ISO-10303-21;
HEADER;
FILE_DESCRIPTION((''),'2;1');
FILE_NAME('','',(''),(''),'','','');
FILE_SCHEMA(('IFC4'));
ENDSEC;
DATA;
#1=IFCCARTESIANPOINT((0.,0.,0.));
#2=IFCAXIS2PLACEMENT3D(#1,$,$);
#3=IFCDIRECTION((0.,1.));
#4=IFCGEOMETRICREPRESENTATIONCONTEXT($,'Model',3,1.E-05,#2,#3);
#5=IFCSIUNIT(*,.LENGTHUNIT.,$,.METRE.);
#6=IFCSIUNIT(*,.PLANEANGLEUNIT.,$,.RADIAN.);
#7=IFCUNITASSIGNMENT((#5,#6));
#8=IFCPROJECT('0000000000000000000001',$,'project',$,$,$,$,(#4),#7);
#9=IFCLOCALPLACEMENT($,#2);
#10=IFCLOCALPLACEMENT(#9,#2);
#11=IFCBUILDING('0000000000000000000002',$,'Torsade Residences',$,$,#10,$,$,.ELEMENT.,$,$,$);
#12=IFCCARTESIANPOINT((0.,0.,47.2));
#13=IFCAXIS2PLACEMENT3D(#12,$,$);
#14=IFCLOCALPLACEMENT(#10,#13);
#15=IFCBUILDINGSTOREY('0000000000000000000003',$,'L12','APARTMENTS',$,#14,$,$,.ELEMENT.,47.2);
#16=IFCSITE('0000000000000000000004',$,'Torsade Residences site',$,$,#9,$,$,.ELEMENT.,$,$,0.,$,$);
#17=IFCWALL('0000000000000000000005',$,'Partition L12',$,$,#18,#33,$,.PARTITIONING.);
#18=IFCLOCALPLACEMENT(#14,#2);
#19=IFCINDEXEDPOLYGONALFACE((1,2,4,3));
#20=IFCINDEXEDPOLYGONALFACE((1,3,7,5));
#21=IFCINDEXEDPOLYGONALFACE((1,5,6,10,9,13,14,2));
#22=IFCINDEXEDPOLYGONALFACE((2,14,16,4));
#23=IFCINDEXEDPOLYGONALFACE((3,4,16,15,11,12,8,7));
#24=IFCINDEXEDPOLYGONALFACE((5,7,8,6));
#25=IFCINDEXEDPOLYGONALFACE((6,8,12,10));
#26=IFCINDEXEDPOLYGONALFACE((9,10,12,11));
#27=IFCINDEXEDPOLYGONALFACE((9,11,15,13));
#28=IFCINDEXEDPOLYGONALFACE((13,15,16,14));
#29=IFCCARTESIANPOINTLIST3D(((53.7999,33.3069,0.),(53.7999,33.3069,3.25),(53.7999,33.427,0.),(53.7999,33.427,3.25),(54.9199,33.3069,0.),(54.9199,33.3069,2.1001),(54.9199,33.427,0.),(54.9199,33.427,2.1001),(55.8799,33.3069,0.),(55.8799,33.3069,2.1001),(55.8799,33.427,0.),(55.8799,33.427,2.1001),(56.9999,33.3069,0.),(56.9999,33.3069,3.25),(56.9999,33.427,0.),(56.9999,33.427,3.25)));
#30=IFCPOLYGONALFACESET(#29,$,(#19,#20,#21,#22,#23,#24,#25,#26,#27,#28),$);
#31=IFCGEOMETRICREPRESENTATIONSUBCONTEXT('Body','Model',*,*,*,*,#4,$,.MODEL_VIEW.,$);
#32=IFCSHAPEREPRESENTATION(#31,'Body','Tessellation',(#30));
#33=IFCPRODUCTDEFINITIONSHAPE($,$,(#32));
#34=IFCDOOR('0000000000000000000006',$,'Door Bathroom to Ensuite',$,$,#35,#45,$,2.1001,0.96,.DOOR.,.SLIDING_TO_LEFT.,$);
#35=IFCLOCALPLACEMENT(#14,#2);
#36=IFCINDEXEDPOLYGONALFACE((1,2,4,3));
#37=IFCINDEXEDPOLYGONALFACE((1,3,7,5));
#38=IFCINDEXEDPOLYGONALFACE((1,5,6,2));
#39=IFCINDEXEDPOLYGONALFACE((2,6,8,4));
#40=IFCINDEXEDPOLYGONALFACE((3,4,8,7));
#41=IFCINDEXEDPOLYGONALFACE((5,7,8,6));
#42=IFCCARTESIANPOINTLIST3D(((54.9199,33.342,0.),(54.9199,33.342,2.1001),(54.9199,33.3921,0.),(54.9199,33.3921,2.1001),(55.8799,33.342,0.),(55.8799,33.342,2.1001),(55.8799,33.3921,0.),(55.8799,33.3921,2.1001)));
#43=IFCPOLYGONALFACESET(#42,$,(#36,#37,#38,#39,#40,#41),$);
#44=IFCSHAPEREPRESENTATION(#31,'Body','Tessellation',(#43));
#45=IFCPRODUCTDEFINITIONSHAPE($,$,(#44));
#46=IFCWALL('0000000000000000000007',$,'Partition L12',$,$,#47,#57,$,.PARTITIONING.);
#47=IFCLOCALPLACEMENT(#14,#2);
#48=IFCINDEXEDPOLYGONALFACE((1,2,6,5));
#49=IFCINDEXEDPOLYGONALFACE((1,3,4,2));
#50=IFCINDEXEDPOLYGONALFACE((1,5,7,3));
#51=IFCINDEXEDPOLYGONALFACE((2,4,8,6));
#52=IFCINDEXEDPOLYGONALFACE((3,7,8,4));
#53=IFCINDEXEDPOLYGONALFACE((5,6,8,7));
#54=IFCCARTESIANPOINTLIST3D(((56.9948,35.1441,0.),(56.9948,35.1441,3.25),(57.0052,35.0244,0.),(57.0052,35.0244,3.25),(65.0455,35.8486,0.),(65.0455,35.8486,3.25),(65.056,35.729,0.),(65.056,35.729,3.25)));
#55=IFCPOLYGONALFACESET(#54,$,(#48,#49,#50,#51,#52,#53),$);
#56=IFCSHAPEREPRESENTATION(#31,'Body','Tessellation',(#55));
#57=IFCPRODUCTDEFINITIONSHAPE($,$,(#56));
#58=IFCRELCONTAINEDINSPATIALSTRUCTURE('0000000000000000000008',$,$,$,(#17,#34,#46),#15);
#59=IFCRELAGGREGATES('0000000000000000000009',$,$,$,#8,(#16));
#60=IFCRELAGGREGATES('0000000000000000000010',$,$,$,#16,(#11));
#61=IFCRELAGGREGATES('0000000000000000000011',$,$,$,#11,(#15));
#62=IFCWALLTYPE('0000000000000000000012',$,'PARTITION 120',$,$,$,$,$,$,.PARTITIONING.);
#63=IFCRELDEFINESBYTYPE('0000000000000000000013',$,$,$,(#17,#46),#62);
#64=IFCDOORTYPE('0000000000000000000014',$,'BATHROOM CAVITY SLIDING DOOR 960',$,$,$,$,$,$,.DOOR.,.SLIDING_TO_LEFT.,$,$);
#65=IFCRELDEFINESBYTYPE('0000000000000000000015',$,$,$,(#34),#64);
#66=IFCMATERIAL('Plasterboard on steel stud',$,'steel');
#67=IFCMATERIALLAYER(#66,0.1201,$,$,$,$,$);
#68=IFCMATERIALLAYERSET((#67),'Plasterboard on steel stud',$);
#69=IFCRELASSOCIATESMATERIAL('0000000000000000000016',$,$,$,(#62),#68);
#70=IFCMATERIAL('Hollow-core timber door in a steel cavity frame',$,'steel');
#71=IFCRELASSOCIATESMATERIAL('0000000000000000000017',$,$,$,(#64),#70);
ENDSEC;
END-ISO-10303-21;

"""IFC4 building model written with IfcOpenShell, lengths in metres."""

from ifc_helpers import new_model, si_unit, direction, frame, frame_2d, origin, place, context, subcontext, project, spatial, rectangle, extrude, material, layer, layer_set, type_object, element, fill, save


model = new_model("IFC4")

# Units and contexts
model_context = context("Model", 3, precision=1e-05, world=origin(), true_north=direction((0.0, 1.0)))
body_context = subcontext(model_context, "Body", "Model", "MODEL_VIEW")
ifc_project = project(units=[si_unit("LENGTHUNIT", "METRE"), si_unit("PLANEANGLEUNIT", "RADIAN")], contexts=[model_context])

# Site, building, storey
site_placement = place(None, origin())
site = spatial("IfcSite", under=ifc_project, at=site_placement, Name="Torsade Residences site", CompositionType="ELEMENT", RefElevation=0.0)
building_placement = place(site_placement, origin())
building = spatial("IfcBuilding", under=site, at=building_placement, Name="Torsade Residences", CompositionType="ELEMENT")
storey_placement = place(building_placement, frame((0.0, 0.0, 47.2)))
storey = spatial("IfcBuildingStorey", under=building, at=storey_placement, Name="L12", Description="APARTMENTS", CompositionType="ELEMENT", Elevation=47.2)

# Wall, opening, door
ifc_material_1 = material(Name="Plasterboard on steel stud", Category="steel")
ifc_layer_1 = layer(ifc_material_1, 0.1201)
ifc_layer_set_1 = layer_set([ifc_layer_1], Name="Plasterboard on steel stud")
wall_type_1 = type_object("IfcWallType", Name="PARTITION 120", PredefinedType="PARTITIONING", material=ifc_layer_set_1)
ifc_material_2 = material(Name="Hollow-core timber door in a steel cavity frame", Category="steel")
door_type_1 = type_object("IfcDoorType", Name="BATHROOM CAVITY SLIDING DOOR 960", OperationType="SLIDING_TO_LEFT", PredefinedType="DOOR", material=ifc_material_2)
wall_1_placement = place(storey_placement, frame((57.0, 33.3669, 0.0), z_axis=(0.0, 0.0, 1.0), x_axis=(-1.0, 0.0, 0.0)))
wall_1 = element("IfcWall", 1, at=wall_1_placement, inside=storey, type_object=wall_type_1, Name="Partition L12", PredefinedType="PARTITIONING", context=body_context, shape_type="SweptSolid", body=[
    extrude(rectangle(XDim=3.2, YDim=0.1201, at=frame_2d((1.6001, 0.0))), origin(), (0.0, 0.0, 1.0), 3.25),
])
opening_1_placement = place(wall_1_placement, frame((1.1201, 0.0, 0.0)))
opening_1 = element("IfcOpeningElement", 2, at=opening_1_placement, cuts=wall_1, PredefinedType="OPENING", context=body_context, shape_type="SweptSolid", body=[
    extrude(rectangle(XDim=0.96, YDim=2.1001, at=frame_2d((0.48, 1.05))), frame((0.0, 0.0701, 0.0), z_axis=(0.0, -1.0, 0.0), x_axis=(1.0, 0.0, 0.0)), (0.0, 0.0, 1.0), 0.1401),
])
door_1_placement = place(opening_1_placement, origin())
door_1 = element("IfcDoor", 3, at=door_1_placement, inside=storey, type_object=door_type_1, Name="Door Bathroom to Ensuite", OperationType="SLIDING_TO_LEFT", OverallHeight=2.1001, OverallWidth=0.96, PredefinedType="DOOR", context=body_context, shape_type="SweptSolid", body=[
    extrude(rectangle(XDim=0.96, YDim=2.1001, at=frame_2d((0.48, 1.05))), frame((0.0, 0.0249, 0.0), z_axis=(0.0, -1.0, 0.0), x_axis=(1.0, 0.0, 0.0)), (0.0, 0.0, 1.0), 0.05),
])
fill(opening_1, door_1)

# Wall
wall_2_placement = place(storey_placement, frame((57.0, 35.0842, 0.0), z_axis=(0.0, 0.0, 1.0), x_axis=(0.996192, 0.087185, 0.0)))
element("IfcWall", 4, at=wall_2_placement, inside=storey, type_object=wall_type_1, Name="Partition L12", PredefinedType="PARTITIONING", context=body_context, shape_type="SweptSolid", body=[
    extrude(rectangle(XDim=8.0815, YDim=0.1201, at=frame_2d((4.0408, 0.0))), origin(), (0.0, 0.0, 1.0), 3.25),
])

save(model, "model.ifc")
